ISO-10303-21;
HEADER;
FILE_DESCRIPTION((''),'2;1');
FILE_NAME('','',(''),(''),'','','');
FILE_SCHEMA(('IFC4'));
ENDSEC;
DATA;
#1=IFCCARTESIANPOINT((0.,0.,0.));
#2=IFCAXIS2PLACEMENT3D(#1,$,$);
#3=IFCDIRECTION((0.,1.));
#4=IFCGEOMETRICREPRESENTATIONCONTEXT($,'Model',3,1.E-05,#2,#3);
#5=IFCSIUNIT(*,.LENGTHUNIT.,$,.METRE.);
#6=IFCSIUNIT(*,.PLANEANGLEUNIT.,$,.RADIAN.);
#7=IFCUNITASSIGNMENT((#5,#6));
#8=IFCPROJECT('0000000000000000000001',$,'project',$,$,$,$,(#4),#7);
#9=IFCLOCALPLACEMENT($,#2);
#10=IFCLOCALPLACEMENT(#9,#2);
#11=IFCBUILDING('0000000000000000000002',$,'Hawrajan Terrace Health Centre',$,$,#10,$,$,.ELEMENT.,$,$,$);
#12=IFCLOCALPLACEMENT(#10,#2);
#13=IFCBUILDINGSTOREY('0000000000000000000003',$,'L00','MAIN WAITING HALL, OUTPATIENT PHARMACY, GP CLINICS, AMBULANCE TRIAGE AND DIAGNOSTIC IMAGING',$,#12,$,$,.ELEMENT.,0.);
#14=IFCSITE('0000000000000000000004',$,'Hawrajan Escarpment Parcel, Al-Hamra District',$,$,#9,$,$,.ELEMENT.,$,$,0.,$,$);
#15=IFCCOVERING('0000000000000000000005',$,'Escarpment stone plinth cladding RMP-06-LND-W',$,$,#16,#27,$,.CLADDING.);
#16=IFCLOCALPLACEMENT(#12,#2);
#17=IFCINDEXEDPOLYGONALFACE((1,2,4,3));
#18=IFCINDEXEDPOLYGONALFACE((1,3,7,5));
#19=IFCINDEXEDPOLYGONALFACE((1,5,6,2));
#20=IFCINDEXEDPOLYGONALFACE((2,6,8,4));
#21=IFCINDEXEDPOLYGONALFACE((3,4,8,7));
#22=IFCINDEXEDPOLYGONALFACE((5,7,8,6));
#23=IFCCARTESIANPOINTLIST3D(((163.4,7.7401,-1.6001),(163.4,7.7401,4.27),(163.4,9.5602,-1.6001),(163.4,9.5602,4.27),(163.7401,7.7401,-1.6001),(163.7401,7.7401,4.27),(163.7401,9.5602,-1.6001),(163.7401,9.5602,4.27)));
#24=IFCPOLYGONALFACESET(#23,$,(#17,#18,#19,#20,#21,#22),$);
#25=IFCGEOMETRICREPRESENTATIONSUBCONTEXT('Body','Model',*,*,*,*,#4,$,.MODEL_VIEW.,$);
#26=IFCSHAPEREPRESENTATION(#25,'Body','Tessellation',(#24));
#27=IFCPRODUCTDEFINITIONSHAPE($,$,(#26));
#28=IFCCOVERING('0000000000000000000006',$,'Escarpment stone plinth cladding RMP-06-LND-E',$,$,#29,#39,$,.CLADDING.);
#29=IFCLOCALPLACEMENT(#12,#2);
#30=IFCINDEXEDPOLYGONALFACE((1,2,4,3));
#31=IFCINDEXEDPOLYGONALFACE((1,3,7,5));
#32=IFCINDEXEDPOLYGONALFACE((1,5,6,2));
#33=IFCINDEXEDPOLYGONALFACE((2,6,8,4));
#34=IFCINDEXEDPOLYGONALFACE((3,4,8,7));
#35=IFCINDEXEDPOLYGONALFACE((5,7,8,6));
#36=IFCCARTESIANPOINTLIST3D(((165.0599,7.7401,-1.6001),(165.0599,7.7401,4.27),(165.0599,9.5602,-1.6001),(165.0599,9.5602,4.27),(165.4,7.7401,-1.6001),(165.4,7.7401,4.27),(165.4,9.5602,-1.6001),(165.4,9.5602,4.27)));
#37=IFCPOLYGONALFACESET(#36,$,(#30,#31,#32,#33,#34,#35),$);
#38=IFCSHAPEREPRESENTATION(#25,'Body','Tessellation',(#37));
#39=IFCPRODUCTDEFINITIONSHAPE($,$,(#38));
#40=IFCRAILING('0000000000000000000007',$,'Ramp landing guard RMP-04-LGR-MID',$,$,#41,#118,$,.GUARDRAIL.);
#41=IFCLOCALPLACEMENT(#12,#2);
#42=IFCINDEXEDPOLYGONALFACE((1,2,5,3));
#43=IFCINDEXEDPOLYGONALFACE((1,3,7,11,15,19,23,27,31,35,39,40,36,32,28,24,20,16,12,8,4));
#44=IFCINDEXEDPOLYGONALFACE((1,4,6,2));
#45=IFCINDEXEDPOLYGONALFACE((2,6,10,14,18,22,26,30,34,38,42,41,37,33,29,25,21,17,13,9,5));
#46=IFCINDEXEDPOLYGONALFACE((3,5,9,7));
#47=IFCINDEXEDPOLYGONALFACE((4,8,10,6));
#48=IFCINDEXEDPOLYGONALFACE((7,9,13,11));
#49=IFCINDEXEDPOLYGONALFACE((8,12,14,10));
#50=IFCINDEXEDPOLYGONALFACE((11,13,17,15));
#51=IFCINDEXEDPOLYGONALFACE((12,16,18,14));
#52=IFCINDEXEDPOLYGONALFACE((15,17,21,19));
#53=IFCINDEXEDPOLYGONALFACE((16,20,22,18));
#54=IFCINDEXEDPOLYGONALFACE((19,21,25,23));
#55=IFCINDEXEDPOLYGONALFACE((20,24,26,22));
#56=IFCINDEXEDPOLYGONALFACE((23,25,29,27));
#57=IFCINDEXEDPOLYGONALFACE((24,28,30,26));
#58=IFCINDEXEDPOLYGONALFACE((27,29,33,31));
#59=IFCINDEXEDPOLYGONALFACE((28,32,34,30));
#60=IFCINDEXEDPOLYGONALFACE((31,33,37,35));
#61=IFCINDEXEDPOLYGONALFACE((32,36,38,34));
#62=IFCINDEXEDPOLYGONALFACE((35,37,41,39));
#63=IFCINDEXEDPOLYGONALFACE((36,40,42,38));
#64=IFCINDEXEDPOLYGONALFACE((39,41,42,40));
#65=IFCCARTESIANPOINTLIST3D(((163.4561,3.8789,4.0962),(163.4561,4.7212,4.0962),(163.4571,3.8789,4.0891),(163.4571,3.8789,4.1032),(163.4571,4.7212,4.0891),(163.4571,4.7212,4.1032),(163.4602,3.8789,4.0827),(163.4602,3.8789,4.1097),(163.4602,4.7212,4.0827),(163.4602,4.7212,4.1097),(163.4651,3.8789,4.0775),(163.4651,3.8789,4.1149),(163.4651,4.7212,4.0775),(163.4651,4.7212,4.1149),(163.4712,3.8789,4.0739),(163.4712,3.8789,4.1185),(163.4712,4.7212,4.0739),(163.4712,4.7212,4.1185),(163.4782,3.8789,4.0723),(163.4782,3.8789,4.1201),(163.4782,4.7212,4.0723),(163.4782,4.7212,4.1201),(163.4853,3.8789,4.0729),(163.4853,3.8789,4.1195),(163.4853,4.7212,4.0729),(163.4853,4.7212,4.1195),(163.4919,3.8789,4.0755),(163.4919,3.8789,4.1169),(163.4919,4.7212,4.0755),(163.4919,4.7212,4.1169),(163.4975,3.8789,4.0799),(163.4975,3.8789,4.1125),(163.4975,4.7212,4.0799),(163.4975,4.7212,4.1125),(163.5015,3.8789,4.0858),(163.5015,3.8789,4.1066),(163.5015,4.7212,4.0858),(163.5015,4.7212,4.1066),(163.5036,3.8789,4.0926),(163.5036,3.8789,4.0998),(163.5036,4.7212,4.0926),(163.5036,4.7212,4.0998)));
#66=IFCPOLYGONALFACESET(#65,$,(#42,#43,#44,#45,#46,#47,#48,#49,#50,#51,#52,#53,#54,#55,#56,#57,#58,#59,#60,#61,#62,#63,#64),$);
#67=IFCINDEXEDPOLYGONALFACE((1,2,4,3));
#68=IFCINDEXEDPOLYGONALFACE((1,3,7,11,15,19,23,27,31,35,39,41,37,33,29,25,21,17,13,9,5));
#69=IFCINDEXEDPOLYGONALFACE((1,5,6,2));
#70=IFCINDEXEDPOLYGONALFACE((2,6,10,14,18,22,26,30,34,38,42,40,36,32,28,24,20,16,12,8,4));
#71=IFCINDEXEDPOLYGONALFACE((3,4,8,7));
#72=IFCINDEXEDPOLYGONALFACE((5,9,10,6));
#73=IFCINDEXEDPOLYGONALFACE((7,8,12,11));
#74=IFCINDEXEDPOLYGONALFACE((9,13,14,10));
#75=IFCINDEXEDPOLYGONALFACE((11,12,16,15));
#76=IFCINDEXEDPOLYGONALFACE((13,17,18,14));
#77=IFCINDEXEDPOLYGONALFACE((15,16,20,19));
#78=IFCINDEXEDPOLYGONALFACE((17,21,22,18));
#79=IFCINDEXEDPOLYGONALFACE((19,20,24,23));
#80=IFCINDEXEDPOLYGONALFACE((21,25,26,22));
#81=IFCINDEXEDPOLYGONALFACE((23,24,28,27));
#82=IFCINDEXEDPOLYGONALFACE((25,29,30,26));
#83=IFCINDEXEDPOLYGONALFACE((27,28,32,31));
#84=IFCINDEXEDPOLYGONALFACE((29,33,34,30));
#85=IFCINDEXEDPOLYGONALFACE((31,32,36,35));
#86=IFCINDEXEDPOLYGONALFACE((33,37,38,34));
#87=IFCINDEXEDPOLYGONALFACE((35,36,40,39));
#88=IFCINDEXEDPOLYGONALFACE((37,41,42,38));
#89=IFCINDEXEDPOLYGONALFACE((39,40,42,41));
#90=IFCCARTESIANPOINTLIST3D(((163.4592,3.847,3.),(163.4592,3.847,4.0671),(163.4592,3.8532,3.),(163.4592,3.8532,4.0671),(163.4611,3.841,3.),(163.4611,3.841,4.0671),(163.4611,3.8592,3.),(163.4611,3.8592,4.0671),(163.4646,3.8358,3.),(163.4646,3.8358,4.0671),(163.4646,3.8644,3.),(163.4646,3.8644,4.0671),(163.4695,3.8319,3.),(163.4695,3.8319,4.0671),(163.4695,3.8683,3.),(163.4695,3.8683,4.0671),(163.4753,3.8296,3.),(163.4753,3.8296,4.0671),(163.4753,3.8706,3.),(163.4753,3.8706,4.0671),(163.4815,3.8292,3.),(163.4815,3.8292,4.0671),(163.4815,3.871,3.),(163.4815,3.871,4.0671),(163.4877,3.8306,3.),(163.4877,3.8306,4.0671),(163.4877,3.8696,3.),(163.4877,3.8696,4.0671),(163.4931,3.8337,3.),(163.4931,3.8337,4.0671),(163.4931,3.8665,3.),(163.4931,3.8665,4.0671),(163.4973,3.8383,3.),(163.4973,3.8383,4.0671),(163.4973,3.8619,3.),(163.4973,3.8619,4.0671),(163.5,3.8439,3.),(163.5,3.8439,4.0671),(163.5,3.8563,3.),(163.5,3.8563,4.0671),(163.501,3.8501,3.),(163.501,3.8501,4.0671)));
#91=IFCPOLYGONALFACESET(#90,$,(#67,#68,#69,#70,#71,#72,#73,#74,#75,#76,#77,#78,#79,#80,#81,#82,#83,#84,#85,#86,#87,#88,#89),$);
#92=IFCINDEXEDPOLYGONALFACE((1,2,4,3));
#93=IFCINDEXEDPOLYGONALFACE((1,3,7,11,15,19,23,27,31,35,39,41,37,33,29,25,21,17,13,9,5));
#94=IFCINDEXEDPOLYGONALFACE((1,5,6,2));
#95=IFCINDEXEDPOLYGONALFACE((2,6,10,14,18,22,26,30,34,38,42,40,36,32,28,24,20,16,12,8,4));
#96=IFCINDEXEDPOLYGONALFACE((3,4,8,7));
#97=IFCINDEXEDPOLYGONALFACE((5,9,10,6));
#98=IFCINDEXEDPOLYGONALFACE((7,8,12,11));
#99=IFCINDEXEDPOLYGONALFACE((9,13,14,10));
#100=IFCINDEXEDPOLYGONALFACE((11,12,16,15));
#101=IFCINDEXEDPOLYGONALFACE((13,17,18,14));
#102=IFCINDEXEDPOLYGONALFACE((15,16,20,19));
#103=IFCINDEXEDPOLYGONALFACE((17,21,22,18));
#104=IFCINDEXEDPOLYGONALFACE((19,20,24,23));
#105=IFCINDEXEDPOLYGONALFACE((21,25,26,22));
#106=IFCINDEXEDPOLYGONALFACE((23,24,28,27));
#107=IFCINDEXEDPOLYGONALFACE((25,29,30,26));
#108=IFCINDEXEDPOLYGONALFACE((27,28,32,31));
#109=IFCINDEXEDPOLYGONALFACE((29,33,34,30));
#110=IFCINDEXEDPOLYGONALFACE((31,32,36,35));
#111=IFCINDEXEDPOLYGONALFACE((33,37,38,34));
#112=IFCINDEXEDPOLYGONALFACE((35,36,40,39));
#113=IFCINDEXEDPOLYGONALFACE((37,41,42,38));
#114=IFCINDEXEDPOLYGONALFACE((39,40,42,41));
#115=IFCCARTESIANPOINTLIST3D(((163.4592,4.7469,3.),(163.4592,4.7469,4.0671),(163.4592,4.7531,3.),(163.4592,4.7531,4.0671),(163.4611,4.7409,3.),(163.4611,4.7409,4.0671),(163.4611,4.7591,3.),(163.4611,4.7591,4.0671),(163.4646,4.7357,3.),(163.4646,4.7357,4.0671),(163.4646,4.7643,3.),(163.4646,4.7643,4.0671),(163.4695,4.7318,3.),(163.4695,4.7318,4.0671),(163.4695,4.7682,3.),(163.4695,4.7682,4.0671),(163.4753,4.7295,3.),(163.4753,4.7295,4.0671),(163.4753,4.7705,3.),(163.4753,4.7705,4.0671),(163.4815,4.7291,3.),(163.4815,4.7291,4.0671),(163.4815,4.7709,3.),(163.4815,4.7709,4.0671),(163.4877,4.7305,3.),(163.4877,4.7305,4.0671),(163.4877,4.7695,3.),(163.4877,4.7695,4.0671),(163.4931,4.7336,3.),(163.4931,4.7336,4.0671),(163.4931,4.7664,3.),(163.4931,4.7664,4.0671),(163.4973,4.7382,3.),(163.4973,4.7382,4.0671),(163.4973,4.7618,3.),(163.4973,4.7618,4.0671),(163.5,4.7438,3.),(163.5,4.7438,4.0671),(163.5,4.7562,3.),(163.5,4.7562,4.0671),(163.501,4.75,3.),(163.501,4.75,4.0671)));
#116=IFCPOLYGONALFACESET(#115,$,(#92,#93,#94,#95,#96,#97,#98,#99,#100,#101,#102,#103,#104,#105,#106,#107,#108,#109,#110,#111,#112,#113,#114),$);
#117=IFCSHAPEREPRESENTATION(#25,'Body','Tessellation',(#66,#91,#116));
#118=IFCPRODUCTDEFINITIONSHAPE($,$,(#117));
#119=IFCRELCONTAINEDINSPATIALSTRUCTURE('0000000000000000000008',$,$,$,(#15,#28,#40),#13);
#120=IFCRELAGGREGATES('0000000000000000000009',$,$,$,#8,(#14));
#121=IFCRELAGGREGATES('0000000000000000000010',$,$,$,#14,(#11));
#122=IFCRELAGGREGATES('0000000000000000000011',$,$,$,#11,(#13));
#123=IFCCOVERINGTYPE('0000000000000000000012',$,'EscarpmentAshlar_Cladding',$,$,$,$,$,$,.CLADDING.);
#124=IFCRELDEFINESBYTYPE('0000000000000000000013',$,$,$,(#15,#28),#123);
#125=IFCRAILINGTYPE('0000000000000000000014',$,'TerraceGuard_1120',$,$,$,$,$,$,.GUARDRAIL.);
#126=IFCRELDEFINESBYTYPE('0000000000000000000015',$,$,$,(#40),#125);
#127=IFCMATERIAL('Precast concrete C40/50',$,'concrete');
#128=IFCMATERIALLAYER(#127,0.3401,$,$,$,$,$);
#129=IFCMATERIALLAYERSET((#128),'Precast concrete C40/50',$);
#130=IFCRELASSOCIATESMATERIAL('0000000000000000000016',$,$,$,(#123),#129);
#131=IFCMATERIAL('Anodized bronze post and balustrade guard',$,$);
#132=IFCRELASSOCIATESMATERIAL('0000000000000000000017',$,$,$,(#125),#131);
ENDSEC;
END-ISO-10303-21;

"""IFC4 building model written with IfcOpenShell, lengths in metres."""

from ifc_helpers import new_model, si_unit, direction, frame, frame_2d, origin, origin_2d, place, context, subcontext, project, spatial, rectangle, circle, extrude, material, layer, layer_set, type_object, element, save


model = new_model("IFC4")

# Units and contexts
model_context = context("Model", 3, precision=1e-05, world=origin(), true_north=direction((0.0, 1.0)))
body_context = subcontext(model_context, "Body", "Model", "MODEL_VIEW")
ifc_project = project(units=[si_unit("LENGTHUNIT", "METRE"), si_unit("PLANEANGLEUNIT", "RADIAN")], contexts=[model_context])

# Site, building, storey
site_placement = place(None, origin())
site = spatial("IfcSite", under=ifc_project, at=site_placement, Name="Hawrajan Escarpment Parcel, Al-Hamra District", CompositionType="ELEMENT", RefElevation=0.0)
building_placement = place(site_placement, origin())
building = spatial("IfcBuilding", under=site, at=building_placement, Name="Hawrajan Terrace Health Centre", CompositionType="ELEMENT")
storey_placement = place(building_placement, origin())
storey = spatial("IfcBuildingStorey", under=building, at=storey_placement, Name="L00", Description="MAIN WAITING HALL, OUTPATIENT PHARMACY, GP CLINICS, AMBULANCE TRIAGE AND DIAGNOSTIC IMAGING", CompositionType="ELEMENT", Elevation=0.0)

# Coverings
ifc_material_1 = material(Name="Precast concrete C40/50", Category="concrete")
ifc_layer_1 = layer(ifc_material_1, 0.3401)
ifc_layer_set_1 = layer_set([ifc_layer_1], Name="Precast concrete C40/50")
covering_type = type_object("IfcCoveringType", Name="EscarpmentAshlar_Cladding", PredefinedType="CLADDING", material=ifc_layer_set_1)
for number, where, z_axis, x_axis, name in (
    (1, (163.5701, 7.74, -1.6001), (0.0, 0.0, 1.0), (0.0, 1.0, 0.0), "Escarpment stone plinth cladding RMP-06-LND-W"),
    (2, (165.23, 7.74, -1.6001), (0.0, 0.0, 1.0), (0.0, 1.0, 0.0), "Escarpment stone plinth cladding RMP-06-LND-E"),
):
    element("IfcCovering", number, at=place(storey_placement, frame(where, z_axis=z_axis, x_axis=x_axis)), inside=storey, type_object=covering_type, Name=name, PredefinedType="CLADDING", context=body_context, shape_type="SweptSolid", body=[
        extrude(rectangle(XDim=1.8201, YDim=0.3401, at=frame_2d((0.9102, 0.0))), origin(), (0.0, 0.0, 1.0), 5.8701),
    ])

# Railing
ifc_material_2 = material(Name="Anodized bronze post and balustrade guard")
railing_type_1 = type_object("IfcRailingType", Name="TerraceGuard_1120", PredefinedType="GUARDRAIL", material=ifc_material_2)
railing_1_placement = place(storey_placement, frame((163.48, 3.8501, 3.0)))
element("IfcRailing", 3, at=railing_1_placement, inside=storey, type_object=railing_type_1, Name="Ramp landing guard RMP-04-LGR-MID", PredefinedType="GUARDRAIL", context=body_context, shape_type="SweptSolid", body=[
    extrude(circle(Radius=0.0239, at=origin_2d()), frame((0.0, 0.0288, 1.0962), z_axis=(0.0, 1.0, 0.0), x_axis=(-1.0, 0.0, 0.0)), (0.0, 0.0, 1.0), 0.8423),
    extrude(circle(Radius=0.021, at=origin_2d()), origin(), (0.0, 0.0, 1.0), 1.0671),
    extrude(circle(Radius=0.021, at=origin_2d()), frame((0.0, 0.8999, 0.0)), (0.0, 0.0, 1.0), 1.0671),
])

save(model, "model.ifc")
